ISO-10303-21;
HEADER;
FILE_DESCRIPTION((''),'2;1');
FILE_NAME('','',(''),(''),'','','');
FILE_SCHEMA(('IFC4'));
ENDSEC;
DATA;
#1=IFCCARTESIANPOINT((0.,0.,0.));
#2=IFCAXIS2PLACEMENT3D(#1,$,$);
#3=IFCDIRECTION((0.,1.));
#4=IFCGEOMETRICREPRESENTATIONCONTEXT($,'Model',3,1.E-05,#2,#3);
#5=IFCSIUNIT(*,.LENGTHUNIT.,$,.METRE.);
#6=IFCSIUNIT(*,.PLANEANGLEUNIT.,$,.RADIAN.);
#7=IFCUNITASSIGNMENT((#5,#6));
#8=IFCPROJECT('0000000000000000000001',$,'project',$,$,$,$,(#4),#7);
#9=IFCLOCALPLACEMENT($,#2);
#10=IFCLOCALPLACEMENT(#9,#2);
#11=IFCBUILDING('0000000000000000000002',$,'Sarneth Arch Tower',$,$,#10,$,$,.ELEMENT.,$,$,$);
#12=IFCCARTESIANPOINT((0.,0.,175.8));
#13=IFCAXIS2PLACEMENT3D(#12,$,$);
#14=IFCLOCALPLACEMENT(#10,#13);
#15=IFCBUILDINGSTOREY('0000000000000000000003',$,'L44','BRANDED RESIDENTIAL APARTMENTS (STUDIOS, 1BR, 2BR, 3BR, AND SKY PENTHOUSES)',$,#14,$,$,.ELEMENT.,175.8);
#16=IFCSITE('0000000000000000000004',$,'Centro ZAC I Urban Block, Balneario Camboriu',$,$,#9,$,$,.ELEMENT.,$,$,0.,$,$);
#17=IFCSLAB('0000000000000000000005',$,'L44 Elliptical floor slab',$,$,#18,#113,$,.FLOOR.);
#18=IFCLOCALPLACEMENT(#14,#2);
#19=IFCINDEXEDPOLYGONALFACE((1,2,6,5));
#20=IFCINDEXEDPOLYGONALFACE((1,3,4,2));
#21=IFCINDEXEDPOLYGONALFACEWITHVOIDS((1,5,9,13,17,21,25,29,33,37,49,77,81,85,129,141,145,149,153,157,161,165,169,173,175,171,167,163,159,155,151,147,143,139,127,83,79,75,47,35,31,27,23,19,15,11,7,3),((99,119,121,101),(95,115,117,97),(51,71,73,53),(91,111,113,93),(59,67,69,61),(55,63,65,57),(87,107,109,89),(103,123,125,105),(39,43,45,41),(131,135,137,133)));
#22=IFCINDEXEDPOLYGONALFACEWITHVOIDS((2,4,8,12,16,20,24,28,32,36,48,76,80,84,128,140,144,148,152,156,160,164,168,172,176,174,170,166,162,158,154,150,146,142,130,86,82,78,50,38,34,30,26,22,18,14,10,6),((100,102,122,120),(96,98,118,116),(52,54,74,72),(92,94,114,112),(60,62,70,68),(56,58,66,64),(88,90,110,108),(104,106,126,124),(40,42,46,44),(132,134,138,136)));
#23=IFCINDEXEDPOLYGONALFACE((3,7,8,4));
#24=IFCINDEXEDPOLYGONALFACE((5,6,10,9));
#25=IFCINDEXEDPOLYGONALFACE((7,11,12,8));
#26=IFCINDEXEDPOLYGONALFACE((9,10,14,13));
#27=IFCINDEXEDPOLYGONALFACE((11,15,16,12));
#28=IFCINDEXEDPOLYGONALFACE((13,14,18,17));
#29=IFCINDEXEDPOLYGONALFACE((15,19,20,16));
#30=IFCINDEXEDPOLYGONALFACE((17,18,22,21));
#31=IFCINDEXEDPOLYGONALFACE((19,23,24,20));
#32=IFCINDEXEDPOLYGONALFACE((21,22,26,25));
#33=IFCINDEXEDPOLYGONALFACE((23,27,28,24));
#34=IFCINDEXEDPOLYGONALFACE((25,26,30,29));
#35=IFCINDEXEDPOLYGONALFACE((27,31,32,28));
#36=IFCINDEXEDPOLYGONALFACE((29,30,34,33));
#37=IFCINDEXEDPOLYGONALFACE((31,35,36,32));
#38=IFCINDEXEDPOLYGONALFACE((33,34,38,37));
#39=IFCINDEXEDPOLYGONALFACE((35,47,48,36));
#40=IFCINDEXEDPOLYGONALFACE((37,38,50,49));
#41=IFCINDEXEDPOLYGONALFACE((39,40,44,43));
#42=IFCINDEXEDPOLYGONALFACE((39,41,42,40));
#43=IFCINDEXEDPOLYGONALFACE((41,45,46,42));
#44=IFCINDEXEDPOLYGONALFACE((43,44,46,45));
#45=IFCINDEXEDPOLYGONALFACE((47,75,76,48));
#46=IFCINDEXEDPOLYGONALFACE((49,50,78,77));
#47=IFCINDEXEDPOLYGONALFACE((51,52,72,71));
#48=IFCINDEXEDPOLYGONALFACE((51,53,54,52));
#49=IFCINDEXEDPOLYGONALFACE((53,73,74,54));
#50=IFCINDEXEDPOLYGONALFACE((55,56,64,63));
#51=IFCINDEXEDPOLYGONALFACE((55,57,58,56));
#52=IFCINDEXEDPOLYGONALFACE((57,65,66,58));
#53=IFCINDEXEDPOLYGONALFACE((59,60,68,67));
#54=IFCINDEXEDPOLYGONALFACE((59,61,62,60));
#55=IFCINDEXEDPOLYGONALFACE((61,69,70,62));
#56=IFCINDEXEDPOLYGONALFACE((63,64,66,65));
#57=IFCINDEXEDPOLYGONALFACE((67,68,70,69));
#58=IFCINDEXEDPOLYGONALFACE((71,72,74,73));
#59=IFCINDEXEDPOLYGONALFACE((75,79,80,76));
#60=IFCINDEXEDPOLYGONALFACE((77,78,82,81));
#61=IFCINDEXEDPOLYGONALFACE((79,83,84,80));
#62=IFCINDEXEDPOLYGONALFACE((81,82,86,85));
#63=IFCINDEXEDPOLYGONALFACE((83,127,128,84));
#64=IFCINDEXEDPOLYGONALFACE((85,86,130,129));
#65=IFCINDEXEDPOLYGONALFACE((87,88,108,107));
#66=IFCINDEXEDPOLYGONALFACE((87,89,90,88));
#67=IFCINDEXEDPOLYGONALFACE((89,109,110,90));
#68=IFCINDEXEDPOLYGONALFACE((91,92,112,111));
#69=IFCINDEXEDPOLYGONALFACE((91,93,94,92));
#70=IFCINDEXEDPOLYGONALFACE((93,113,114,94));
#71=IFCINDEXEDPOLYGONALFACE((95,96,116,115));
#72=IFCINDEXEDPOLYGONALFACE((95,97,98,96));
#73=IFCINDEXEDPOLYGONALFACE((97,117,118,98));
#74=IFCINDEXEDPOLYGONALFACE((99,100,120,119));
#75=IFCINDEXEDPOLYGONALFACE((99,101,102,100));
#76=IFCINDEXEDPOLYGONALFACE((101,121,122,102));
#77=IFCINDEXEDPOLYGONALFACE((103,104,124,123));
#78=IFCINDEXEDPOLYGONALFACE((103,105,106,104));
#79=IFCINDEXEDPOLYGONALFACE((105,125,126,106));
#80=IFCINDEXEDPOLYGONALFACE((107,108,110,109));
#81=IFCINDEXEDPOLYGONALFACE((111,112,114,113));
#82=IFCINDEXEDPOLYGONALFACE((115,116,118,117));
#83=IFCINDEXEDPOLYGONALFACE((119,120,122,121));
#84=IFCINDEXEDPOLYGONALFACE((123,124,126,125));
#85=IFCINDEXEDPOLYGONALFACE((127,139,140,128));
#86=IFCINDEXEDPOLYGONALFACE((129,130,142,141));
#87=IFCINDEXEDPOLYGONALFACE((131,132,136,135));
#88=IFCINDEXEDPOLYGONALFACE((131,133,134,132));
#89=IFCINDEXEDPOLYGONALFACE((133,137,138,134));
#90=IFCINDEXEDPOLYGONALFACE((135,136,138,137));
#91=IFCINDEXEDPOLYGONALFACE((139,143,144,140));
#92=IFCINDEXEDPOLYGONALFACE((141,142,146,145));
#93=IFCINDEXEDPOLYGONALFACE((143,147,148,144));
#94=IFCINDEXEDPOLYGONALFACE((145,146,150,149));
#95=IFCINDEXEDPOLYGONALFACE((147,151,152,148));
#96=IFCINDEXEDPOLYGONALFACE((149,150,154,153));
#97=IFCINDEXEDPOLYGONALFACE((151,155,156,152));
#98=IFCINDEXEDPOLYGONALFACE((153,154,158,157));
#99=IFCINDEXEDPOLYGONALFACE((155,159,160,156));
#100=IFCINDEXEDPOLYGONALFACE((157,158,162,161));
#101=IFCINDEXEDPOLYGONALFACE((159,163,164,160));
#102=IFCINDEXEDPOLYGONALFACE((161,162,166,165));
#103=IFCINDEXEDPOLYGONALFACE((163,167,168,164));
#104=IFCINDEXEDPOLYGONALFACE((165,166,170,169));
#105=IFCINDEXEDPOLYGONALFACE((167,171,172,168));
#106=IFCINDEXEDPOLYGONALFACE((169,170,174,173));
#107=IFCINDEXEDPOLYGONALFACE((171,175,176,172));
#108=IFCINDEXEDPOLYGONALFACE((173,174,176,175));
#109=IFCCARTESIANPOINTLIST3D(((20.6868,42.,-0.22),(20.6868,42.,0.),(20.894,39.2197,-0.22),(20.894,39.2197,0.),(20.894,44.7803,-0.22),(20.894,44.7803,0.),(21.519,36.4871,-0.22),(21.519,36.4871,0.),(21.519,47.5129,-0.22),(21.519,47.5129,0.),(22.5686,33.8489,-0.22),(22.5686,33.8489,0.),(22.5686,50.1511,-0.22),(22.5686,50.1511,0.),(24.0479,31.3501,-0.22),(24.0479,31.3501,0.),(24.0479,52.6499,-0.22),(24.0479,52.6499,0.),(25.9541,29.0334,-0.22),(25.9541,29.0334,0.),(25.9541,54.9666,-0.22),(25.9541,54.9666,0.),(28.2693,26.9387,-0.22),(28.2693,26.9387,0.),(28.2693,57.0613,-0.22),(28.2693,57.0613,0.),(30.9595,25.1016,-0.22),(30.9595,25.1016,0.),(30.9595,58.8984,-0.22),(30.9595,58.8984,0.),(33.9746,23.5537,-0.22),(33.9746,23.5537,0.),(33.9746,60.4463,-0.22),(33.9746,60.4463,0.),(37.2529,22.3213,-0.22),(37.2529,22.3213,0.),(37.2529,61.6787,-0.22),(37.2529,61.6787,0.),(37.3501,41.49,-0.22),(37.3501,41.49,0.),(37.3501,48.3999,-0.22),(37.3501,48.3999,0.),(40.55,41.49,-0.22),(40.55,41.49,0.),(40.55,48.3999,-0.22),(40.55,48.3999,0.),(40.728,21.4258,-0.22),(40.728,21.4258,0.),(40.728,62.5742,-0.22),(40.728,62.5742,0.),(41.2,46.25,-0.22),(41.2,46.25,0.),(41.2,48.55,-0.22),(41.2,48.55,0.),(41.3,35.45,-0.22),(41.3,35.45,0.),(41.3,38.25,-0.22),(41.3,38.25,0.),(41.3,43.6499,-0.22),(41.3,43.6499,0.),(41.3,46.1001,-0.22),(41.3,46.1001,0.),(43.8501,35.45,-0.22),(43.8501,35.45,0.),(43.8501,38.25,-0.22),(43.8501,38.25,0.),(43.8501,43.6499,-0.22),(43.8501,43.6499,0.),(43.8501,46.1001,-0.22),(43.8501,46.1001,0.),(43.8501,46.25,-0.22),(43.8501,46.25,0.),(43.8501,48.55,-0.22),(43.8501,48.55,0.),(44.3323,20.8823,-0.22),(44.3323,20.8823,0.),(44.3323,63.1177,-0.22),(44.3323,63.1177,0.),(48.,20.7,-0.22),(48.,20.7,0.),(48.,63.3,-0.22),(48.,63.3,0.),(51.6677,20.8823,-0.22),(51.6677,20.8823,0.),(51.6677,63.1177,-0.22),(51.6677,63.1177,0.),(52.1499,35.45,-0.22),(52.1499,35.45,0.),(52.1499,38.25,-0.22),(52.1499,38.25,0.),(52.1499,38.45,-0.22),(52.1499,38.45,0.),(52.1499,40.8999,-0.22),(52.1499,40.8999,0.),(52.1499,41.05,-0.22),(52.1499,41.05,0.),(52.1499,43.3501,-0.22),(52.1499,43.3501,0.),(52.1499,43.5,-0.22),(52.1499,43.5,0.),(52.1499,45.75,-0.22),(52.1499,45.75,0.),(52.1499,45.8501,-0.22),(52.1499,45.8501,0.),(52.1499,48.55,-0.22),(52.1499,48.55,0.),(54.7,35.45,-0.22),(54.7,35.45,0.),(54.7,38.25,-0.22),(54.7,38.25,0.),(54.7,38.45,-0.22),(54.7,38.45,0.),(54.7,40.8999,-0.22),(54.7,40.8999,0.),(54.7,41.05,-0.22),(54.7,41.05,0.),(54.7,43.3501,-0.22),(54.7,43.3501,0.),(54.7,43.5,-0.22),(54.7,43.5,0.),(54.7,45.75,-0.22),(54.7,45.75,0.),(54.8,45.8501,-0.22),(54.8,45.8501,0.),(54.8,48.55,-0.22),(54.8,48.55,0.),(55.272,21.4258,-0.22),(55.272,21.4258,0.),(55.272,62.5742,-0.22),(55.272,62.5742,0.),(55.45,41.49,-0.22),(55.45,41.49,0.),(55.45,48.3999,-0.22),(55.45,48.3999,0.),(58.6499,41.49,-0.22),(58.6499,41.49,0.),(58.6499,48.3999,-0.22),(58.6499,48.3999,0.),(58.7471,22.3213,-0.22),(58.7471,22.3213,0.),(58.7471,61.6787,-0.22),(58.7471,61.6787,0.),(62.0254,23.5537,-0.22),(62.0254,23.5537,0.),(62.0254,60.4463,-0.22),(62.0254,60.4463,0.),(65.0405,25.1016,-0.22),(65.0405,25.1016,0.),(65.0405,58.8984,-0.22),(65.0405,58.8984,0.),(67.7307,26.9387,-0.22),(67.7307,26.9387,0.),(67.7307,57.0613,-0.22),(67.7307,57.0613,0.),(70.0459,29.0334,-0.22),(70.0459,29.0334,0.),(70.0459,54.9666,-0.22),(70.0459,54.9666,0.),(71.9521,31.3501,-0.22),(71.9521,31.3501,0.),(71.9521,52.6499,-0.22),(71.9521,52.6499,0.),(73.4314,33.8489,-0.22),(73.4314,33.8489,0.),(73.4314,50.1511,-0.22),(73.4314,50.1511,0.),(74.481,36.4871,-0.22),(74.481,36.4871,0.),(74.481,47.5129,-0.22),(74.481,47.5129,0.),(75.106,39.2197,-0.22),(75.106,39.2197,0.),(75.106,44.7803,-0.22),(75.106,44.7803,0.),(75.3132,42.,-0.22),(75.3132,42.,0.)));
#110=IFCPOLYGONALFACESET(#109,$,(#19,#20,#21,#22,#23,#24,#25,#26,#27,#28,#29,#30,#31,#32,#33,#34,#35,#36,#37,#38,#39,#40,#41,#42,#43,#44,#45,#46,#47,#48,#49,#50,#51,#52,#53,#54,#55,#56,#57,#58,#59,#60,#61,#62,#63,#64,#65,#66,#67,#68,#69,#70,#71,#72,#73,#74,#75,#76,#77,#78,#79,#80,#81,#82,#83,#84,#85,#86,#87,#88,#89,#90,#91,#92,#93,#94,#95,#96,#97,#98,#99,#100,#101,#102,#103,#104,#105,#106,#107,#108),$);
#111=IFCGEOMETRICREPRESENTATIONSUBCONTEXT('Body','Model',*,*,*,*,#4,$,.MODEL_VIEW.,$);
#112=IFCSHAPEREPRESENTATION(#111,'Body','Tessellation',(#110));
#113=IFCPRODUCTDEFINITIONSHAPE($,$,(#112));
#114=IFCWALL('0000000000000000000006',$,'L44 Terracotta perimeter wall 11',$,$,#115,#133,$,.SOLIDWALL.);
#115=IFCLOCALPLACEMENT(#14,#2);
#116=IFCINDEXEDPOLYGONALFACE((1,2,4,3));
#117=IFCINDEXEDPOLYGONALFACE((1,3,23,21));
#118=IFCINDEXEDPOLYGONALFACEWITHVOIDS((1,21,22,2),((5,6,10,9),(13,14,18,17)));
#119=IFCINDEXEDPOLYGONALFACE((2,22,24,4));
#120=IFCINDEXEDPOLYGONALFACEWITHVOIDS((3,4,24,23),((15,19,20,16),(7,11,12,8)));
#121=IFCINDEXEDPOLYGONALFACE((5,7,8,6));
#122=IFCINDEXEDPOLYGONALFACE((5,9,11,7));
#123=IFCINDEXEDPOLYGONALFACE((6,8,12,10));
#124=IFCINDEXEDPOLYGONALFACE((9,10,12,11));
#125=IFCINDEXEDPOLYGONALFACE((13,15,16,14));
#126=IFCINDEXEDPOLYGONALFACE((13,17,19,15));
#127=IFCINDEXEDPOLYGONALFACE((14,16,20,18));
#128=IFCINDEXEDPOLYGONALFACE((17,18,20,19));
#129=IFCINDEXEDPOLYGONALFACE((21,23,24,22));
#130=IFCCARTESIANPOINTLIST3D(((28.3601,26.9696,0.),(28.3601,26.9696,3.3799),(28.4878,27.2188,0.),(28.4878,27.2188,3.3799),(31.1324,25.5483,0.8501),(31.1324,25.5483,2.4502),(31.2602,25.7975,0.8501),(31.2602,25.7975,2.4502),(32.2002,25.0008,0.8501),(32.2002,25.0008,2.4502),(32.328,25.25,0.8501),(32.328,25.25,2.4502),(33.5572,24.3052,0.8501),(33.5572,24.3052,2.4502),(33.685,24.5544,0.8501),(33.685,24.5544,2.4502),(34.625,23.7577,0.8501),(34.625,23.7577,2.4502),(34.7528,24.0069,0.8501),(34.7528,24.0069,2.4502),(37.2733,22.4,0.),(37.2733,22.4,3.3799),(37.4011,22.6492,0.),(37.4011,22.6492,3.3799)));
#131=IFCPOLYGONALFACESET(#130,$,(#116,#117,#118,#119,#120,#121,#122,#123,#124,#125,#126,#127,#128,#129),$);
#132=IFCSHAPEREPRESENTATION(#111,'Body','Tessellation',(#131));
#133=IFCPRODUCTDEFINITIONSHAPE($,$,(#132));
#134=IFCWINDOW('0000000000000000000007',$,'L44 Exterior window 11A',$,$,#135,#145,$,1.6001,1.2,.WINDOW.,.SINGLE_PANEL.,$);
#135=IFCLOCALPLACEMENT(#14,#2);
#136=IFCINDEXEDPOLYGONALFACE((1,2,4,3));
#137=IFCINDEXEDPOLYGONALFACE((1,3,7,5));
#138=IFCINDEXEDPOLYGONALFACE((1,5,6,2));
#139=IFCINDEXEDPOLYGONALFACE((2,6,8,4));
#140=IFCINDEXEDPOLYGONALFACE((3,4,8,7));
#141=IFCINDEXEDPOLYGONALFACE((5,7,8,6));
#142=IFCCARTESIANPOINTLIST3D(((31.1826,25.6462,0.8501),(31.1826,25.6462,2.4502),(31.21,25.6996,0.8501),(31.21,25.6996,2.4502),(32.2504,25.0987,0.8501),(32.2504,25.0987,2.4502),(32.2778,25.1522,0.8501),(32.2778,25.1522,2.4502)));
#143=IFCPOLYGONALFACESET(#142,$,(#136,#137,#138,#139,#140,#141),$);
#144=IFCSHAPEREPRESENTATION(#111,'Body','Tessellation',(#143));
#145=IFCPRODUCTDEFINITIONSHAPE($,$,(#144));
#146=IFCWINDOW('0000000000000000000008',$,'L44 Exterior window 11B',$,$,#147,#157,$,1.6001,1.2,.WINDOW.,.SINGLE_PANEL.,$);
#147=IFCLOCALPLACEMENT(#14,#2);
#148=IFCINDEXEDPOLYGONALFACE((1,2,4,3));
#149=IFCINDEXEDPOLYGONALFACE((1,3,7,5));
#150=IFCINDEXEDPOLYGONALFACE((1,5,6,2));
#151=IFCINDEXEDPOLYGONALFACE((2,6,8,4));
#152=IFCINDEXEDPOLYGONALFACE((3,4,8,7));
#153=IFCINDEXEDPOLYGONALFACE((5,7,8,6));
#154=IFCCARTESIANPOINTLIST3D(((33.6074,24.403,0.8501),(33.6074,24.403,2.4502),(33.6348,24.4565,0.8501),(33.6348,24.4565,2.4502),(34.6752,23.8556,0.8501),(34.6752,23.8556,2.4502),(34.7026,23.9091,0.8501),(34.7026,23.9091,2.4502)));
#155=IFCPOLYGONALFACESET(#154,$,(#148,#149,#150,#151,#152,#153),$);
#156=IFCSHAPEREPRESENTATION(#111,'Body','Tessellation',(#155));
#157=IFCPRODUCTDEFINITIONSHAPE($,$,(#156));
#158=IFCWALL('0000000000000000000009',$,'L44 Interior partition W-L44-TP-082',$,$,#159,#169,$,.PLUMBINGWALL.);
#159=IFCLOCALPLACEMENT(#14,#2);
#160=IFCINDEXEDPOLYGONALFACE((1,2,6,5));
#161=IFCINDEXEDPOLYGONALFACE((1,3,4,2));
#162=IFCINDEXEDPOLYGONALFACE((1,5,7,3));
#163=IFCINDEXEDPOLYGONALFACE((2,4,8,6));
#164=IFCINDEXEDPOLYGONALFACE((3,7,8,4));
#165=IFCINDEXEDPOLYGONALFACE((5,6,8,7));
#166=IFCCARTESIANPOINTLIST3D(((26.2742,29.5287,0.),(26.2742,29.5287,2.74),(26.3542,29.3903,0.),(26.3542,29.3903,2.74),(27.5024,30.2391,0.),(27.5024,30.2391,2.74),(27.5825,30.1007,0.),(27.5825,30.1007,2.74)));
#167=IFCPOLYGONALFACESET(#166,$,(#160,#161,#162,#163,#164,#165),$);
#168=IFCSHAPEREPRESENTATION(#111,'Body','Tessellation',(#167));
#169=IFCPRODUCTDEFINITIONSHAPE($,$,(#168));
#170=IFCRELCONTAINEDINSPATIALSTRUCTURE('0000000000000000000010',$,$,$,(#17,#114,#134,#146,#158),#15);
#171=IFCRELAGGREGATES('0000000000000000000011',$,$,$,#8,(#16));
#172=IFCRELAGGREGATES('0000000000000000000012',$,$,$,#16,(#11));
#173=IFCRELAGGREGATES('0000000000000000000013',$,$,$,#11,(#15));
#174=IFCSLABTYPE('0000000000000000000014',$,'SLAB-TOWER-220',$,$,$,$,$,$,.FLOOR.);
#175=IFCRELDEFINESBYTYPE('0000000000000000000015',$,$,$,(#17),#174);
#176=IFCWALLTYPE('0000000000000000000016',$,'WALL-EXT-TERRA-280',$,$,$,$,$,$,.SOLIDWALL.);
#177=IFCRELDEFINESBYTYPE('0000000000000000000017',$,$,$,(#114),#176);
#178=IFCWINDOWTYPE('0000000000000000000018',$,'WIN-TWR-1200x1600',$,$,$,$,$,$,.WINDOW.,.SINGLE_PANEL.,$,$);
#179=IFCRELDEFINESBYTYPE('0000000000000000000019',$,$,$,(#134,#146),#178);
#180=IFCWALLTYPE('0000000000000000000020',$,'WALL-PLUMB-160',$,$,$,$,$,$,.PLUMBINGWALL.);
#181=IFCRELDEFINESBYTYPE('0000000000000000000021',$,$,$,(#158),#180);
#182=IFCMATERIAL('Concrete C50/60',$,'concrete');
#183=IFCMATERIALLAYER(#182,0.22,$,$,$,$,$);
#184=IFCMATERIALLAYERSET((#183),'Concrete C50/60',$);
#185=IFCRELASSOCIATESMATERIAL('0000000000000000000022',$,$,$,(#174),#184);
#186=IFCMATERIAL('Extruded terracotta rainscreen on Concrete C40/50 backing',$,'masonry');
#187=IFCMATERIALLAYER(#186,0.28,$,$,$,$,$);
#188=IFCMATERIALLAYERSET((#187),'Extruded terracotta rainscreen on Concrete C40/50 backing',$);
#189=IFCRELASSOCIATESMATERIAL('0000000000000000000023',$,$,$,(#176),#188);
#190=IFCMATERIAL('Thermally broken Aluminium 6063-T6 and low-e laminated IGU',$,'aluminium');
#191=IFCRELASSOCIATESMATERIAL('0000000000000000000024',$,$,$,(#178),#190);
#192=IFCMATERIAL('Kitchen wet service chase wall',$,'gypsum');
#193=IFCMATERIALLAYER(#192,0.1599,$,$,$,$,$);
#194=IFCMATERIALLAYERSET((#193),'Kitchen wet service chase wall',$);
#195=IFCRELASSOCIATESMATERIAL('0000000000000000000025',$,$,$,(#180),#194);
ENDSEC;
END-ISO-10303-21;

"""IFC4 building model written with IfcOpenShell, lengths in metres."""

from ifc_helpers import new_model, si_unit, direction, frame, frame_2d, origin, place, context, subcontext, project, spatial, polyline, rectangle, outline, extrude, material, layer, layer_set, type_object, element, fill, save


model = new_model("IFC4")

# Units and contexts
model_context = context("Model", 3, precision=1e-05, world=origin(), true_north=direction((0.0, 1.0)))
body_context = subcontext(model_context, "Body", "Model", "MODEL_VIEW")
ifc_project = project(units=[si_unit("LENGTHUNIT", "METRE"), si_unit("PLANEANGLEUNIT", "RADIAN")], contexts=[model_context])

# Site, building, storey
site_placement = place(None, origin())
site = spatial("IfcSite", under=ifc_project, at=site_placement, Name="Centro ZAC I Urban Block, Balneario Camboriu", CompositionType="ELEMENT", RefElevation=0.0)
building_placement = place(site_placement, origin())
building = spatial("IfcBuilding", under=site, at=building_placement, Name="Sarneth Arch Tower", CompositionType="ELEMENT")
storey_placement = place(building_placement, frame((0.0, 0.0, 175.8)))
storey = spatial("IfcBuildingStorey", under=building, at=storey_placement, Name="L44", Description="BRANDED RESIDENTIAL APARTMENTS (STUDIOS, 1BR, 2BR, 3BR, AND SKY PENTHOUSES)", CompositionType="ELEMENT", Elevation=175.8)

# Slab
ifc_material_1 = material(Name="Concrete C50/60", Category="concrete")
ifc_layer_1 = layer(ifc_material_1, 0.22)
ifc_layer_set_1 = layer_set([ifc_layer_1], Name="Concrete C50/60")
slab_type_1 = type_object("IfcSlabType", Name="SLAB-TOWER-220", PredefinedType="FLOOR", material=ifc_layer_set_1)
slab_1_placement = place(storey_placement, frame((0.0, 0.0, -0.22)))
element("IfcSlab", 1, at=slab_1_placement, inside=storey, type_object=slab_type_1, Name="L44 Elliptical floor slab", PredefinedType="FLOOR", context=body_context, shape_type="SweptSolid", body=[
    extrude(outline(polyline([(75.3132, 42.0), (75.106, 44.7803), (74.481, 47.5129), (73.4314, 50.1511), (71.9521, 52.6499), (70.0459, 54.9666), (67.7307, 57.0613), (65.0405, 58.8984), (62.0254, 60.4463), (58.7471, 61.6787), (55.272, 62.5742), (51.6677, 63.1177), (48.0, 63.3), (44.3323, 63.1177), (40.728, 62.5742), (37.2529, 61.6787), (33.9746, 60.4463), (30.9595, 58.8984), (28.2693, 57.0613), (25.9541, 54.9666), (24.0479, 52.6499), (22.5686, 50.1511), (21.519, 47.5129), (20.894, 44.7803), (20.6868, 42.0), (20.894, 39.2197), (21.519, 36.4871), (22.5686, 33.8489), (24.0479, 31.3501), (25.9541, 29.0334), (28.2693, 26.9387), (30.9595, 25.1016), (33.9746, 23.5537), (37.2529, 22.3213), (40.728, 21.4258), (44.3323, 20.8823), (48.0, 20.7), (51.6677, 20.8823), (55.272, 21.4258), (58.7471, 22.3213), (62.0254, 23.5537), (65.0405, 25.1016), (67.7307, 26.9387), (70.0459, 29.0334), (71.9521, 31.3501), (73.4314, 33.8489), (74.481, 36.4871), (75.106, 39.2197), (75.3132, 42.0)]), holes=[polyline([(37.3501, 41.49), (40.55, 41.49), (40.55, 48.3999), (37.3501, 48.3999), (37.3501, 41.49)]), polyline([(55.45, 41.49), (58.6499, 41.49), (58.6499, 48.3999), (55.45, 48.3999), (55.45, 41.49)]), polyline([(41.2, 46.25), (43.8501, 46.25), (43.8501, 48.55), (41.2, 48.55), (41.2, 46.25)]), polyline([(41.3, 35.45), (43.8501, 35.45), (43.8501, 38.25), (41.3, 38.25), (41.3, 35.45)]), polyline([(52.1499, 35.45), (54.7, 35.45), (54.7, 38.25), (52.1499, 38.25), (52.1499, 35.45)]), polyline([(52.1499, 45.8501), (54.8, 45.8501), (54.8, 48.55), (52.1499, 48.55), (52.1499, 45.8501)]), polyline([(41.3, 43.6499), (43.8501, 43.6499), (43.8501, 46.1001), (41.3, 46.1001), (41.3, 43.6499)]), polyline([(52.1499, 38.45), (54.7, 38.45), (54.7, 40.8999), (52.1499, 40.8999), (52.1499, 38.45)]), polyline([(52.1499, 41.05), (54.7, 41.05), (54.7, 43.3501), (52.1499, 43.3501), (52.1499, 41.05)]), polyline([(52.1499, 43.5), (54.7, 43.5), (54.7, 45.75), (52.1499, 45.75), (52.1499, 43.5)])]), origin(), (0.0, 0.0, 1.0), 0.22),
])

# Wall, openings, windows
ifc_material_2 = material(Name="Extruded terracotta rainscreen on Concrete C40/50 backing", Category="masonry")
ifc_layer_2 = layer(ifc_material_2, 0.28)
ifc_layer_set_2 = layer_set([ifc_layer_2], Name="Extruded terracotta rainscreen on Concrete C40/50 backing")
wall_type_1 = type_object("IfcWallType", Name="WALL-EXT-TERRA-280", PredefinedType="SOLIDWALL", material=ifc_layer_set_2)
wall_1_placement = place(storey_placement, frame((28.4238, 27.0942, 0.0), z_axis=(0.0, 0.0, 1.0), x_axis=(0.889873, -0.456209, 0.0)))
wall_1 = element("IfcWall", 2, at=wall_1_placement, inside=storey, type_object=wall_type_1, Name="L44 Terracotta perimeter wall 11", PredefinedType="SOLIDWALL", context=body_context, shape_type="SweptSolid", body=[
    extrude(rectangle(XDim=10.0164, YDim=0.28, at=frame_2d((5.0083, 0.0))), origin(), (0.0, 0.0, 1.0), 3.3799),
])
opening_1_placement = place(wall_1_placement, frame((3.1155, 0.0, 0.8501)))
opening_1 = element("IfcOpeningElement", 3, at=opening_1_placement, cuts=wall_1, PredefinedType="OPENING", context=body_context, shape_type="SweptSolid", body=[
    extrude(rectangle(XDim=1.2, YDim=1.6001, at=frame_2d((0.6001, 0.8))), frame((0.0, 0.1499, 0.0), z_axis=(0.0, -1.0, 0.0), x_axis=(1.0, 0.0, 0.0)), (0.0, 0.0, 1.0), 0.3),
])
opening_2_placement = place(wall_1_placement, frame((5.8403, 0.0, 0.8501)))
opening_2 = element("IfcOpeningElement", 4, at=opening_2_placement, cuts=wall_1, PredefinedType="OPENING", context=body_context, shape_type="SweptSolid", body=[
    extrude(rectangle(XDim=1.2, YDim=1.6001, at=frame_2d((0.6001, 0.8))), frame((0.0, 0.1499, 0.0), z_axis=(0.0, -1.0, 0.0), x_axis=(1.0, 0.0, 0.0)), (0.0, 0.0, 1.0), 0.3),
])
ifc_material_3 = material(Name="Thermally broken Aluminium 6063-T6 and low-e laminated IGU", Category="aluminium")
window_type = type_object("IfcWindowType", Name="WIN-TWR-1200x1600", PartitioningType="SINGLE_PANEL", PredefinedType="WINDOW", material=ifc_material_3)
window_1_placement = place(opening_1_placement, origin())
window_1 = element("IfcWindow", 5, at=window_1_placement, inside=storey, type_object=window_type, Name="L44 Exterior window 11A", OverallHeight=1.6001, OverallWidth=1.2, PartitioningType="SINGLE_PANEL", PredefinedType="WINDOW", context=body_context, shape_type="SweptSolid", body=[
    extrude(rectangle(XDim=1.2, YDim=1.6001, at=frame_2d((0.6001, 0.8))), frame((0.0, 0.03, 0.0), z_axis=(0.0, -1.0, 0.0), x_axis=(1.0, 0.0, 0.0)), (0.0, 0.0, 1.0), 0.0601),
])
fill(opening_1, window_1)
window_2_placement = place(opening_2_placement, origin())
window_2 = element("IfcWindow", 6, at=window_2_placement, inside=storey, type_object=window_type, Name="L44 Exterior window 11B", OverallHeight=1.6001, OverallWidth=1.2, PartitioningType="SINGLE_PANEL", PredefinedType="WINDOW", context=body_context, shape_type="SweptSolid", body=[
    extrude(rectangle(XDim=1.2, YDim=1.6001, at=frame_2d((0.6001, 0.8))), frame((0.0, 0.03, 0.0), z_axis=(0.0, -1.0, 0.0), x_axis=(1.0, 0.0, 0.0)), (0.0, 0.0, 1.0), 0.0601),
])
fill(opening_2, window_2)

# Wall
ifc_material_4 = material(Name="Kitchen wet service chase wall", Category="gypsum")
ifc_layer_3 = layer(ifc_material_4, 0.1599)
ifc_layer_set_3 = layer_set([ifc_layer_3], Name="Kitchen wet service chase wall")
wall_type_2 = type_object("IfcWallType", Name="WALL-PLUMB-160", PredefinedType="PLUMBINGWALL", material=ifc_layer_set_3)
wall_2_placement = place(storey_placement, frame((27.5425, 30.1699, 0.0), z_axis=(0.0, 0.0, 1.0), x_axis=(-0.865626, -0.50069, 0.0)))
element("IfcWall", 7, at=wall_2_placement, inside=storey, type_object=wall_type_2, Name="L44 Interior partition W-L44-TP-082", PredefinedType="PLUMBINGWALL", context=body_context, shape_type="SweptSolid", body=[
    extrude(rectangle(XDim=1.4189, YDim=0.1599, at=frame_2d((0.7095, 0.0))), origin(), (0.0, 0.0, 1.0), 2.74),
])

save(model, "model.ifc")
